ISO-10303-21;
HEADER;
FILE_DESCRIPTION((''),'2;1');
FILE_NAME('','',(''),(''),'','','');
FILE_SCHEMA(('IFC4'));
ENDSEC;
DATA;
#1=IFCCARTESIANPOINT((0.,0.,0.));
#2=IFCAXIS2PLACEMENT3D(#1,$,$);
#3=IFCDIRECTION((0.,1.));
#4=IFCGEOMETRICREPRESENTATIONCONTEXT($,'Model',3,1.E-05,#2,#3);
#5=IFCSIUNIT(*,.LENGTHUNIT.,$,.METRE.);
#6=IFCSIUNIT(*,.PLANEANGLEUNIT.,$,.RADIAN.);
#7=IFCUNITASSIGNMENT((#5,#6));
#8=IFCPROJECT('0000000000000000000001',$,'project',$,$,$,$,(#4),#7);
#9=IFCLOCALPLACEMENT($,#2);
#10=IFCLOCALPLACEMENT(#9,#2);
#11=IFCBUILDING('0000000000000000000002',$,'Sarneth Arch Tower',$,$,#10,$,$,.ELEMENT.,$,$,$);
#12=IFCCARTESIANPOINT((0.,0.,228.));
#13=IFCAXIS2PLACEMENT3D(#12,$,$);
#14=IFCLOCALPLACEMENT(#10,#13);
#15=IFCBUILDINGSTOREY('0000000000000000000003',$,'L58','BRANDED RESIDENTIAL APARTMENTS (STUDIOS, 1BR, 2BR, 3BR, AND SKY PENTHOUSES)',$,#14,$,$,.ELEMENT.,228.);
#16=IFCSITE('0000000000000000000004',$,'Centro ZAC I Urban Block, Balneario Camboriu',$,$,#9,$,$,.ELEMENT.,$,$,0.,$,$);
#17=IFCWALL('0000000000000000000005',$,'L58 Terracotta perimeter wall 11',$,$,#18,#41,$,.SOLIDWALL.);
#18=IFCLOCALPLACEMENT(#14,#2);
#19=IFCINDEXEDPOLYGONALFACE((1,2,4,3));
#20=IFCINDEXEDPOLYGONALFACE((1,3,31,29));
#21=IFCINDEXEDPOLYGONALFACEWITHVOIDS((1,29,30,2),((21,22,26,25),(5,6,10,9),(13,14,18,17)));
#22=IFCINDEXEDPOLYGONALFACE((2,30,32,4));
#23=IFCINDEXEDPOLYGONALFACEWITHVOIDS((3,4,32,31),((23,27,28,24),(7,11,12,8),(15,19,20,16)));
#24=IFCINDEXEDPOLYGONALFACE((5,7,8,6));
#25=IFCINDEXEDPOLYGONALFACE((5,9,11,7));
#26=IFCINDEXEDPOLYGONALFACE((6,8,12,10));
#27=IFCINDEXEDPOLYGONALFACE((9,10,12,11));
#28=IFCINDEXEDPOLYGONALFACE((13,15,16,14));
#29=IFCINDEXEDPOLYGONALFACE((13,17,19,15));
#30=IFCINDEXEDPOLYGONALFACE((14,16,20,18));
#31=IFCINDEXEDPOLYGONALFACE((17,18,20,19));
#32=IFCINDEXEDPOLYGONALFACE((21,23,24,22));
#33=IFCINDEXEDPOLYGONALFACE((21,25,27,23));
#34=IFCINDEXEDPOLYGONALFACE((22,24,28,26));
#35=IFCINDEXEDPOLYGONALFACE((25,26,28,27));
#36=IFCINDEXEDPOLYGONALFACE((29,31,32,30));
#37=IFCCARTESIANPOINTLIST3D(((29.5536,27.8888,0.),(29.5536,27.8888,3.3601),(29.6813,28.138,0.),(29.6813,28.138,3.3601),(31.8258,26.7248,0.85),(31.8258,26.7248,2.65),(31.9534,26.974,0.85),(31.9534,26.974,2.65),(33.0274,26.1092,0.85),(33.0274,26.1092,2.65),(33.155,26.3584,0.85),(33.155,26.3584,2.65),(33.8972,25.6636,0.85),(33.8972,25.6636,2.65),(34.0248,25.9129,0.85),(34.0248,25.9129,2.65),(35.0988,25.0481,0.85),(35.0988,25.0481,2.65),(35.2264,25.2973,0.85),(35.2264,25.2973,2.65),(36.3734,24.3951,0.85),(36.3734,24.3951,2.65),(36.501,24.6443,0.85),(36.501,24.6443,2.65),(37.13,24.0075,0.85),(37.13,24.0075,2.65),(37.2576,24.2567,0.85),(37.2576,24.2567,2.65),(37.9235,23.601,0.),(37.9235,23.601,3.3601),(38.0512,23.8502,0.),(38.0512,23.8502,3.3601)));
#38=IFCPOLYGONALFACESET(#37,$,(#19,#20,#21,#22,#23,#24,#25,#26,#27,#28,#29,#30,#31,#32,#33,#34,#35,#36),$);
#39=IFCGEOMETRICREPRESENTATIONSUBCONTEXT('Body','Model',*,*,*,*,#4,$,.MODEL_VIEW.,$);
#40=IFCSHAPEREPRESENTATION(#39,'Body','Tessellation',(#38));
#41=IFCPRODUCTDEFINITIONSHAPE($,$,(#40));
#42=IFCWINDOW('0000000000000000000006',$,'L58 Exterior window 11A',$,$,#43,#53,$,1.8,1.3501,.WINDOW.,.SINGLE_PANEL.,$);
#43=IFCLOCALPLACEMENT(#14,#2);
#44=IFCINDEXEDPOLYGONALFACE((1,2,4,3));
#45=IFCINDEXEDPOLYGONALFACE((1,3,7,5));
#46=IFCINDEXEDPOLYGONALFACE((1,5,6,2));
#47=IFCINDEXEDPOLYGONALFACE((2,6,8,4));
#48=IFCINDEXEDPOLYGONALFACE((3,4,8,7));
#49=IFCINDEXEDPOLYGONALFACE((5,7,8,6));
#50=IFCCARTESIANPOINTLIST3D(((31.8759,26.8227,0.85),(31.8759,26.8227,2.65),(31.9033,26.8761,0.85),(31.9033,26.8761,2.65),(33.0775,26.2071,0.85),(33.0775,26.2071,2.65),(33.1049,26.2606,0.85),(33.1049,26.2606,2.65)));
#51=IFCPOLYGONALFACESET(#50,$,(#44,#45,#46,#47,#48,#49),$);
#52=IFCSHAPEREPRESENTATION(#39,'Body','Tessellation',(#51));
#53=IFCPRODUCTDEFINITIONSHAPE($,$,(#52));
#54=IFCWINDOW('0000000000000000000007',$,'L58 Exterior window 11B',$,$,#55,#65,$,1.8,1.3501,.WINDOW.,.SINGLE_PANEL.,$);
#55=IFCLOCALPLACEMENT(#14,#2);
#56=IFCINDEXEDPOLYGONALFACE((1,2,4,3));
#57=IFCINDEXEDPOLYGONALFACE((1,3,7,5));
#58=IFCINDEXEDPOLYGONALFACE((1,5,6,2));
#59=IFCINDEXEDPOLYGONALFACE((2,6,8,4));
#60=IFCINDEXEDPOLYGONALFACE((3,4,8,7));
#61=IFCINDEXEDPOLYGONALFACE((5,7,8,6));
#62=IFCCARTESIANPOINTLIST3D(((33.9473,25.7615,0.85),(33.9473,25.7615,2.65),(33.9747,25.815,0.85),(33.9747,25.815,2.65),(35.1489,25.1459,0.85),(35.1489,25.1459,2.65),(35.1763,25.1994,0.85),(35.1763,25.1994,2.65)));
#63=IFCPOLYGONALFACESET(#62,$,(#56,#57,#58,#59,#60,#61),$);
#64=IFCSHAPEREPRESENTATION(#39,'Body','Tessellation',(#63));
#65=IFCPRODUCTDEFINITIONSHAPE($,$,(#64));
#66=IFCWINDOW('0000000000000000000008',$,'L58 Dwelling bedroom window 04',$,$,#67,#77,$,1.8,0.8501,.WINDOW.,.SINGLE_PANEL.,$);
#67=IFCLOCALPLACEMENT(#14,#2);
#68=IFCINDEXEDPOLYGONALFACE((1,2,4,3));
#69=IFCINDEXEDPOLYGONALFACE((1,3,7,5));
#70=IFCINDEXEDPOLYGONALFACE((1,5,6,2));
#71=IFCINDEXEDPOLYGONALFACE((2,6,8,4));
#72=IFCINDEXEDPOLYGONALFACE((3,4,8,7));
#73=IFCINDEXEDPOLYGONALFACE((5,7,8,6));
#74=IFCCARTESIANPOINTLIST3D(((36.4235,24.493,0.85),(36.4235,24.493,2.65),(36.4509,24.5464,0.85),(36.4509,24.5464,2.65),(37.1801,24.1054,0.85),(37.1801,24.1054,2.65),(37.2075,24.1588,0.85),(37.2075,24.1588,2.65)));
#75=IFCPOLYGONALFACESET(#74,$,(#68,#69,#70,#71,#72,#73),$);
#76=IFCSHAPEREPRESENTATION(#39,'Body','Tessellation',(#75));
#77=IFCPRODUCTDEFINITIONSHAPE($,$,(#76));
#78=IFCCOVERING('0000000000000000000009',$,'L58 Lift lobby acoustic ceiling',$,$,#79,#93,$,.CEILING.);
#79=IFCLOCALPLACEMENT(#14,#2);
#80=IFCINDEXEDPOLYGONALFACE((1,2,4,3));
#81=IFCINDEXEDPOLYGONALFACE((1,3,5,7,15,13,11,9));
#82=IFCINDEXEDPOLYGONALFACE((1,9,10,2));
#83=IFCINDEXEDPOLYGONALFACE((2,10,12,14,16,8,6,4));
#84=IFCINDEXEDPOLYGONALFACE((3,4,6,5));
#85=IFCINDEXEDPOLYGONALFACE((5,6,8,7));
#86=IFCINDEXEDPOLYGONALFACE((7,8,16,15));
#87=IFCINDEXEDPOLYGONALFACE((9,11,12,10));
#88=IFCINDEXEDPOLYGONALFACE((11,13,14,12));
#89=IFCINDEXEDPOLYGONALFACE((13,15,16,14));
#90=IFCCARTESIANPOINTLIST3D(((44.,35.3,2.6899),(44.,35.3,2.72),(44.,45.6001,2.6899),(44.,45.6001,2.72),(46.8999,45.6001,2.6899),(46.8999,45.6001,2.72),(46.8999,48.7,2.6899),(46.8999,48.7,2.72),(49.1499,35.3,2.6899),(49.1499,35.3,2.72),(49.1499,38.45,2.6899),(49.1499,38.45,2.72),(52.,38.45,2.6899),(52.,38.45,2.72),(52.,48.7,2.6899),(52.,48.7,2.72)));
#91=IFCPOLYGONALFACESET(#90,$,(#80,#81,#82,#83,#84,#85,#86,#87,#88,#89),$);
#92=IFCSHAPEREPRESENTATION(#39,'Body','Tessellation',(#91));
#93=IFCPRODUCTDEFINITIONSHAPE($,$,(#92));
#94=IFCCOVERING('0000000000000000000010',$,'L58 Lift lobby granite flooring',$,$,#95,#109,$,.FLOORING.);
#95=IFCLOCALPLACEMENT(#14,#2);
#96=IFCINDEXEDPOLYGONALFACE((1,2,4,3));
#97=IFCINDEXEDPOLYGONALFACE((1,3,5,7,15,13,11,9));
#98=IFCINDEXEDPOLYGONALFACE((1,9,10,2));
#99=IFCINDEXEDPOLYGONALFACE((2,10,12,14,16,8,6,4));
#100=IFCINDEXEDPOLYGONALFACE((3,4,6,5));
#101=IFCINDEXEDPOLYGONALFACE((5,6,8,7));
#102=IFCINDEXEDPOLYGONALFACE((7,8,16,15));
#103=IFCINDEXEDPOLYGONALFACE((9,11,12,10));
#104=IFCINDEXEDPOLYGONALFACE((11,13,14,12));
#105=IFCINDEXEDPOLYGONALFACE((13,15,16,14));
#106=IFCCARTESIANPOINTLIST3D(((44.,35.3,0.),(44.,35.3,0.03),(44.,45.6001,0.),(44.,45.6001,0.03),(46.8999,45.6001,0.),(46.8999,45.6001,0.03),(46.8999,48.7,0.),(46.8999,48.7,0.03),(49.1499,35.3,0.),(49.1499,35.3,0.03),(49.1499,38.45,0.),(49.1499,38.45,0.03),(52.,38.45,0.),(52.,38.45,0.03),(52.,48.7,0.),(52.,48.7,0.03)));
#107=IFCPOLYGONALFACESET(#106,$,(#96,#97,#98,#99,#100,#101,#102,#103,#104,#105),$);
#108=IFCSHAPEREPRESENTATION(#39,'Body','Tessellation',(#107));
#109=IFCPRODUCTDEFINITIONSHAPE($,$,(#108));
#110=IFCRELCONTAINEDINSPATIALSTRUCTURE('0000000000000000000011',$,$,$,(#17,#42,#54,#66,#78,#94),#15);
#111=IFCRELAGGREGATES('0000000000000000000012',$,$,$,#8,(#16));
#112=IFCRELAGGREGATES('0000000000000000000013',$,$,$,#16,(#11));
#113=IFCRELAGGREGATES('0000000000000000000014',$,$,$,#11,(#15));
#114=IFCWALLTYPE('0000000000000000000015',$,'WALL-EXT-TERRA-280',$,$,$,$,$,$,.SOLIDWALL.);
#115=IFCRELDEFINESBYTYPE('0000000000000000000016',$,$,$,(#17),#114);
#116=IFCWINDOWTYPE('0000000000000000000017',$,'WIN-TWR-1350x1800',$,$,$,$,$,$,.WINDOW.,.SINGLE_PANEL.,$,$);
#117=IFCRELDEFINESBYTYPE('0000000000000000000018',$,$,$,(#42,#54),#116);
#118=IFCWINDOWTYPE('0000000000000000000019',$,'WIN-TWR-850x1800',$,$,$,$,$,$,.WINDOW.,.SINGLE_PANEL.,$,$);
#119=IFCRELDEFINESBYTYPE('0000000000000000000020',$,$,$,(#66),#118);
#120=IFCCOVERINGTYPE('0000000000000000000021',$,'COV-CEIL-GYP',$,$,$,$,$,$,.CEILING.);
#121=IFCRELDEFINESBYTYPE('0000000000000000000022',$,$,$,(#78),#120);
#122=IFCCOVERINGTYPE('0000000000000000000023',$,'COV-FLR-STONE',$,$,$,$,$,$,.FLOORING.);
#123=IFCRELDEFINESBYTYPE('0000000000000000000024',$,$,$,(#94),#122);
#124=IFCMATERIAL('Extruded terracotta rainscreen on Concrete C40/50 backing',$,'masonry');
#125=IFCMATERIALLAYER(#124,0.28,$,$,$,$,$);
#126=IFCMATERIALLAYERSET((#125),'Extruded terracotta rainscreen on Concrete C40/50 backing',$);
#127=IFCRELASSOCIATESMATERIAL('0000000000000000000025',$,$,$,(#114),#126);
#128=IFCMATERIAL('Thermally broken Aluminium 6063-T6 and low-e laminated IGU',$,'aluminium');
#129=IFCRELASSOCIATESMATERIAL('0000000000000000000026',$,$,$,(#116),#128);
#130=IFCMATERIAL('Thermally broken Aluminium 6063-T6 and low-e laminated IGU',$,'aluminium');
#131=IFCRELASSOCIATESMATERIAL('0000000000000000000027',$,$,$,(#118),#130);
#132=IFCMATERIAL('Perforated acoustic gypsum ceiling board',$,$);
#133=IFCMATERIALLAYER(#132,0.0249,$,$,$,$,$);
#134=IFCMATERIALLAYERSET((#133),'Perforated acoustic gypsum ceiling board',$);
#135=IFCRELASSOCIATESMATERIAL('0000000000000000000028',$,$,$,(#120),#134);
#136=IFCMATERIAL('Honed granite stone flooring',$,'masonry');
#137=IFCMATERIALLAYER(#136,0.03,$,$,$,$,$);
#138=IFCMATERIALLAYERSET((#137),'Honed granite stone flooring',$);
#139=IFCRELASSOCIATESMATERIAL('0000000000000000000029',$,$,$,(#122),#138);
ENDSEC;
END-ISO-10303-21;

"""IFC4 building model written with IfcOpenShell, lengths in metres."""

from ifc_helpers import new_model, si_unit, direction, frame, frame_2d, origin, place, context, subcontext, project, spatial, polyline, rectangle, outline, extrude, material, layer, layer_set, type_object, element, fill, save


model = new_model("IFC4")

# Units and contexts
model_context = context("Model", 3, precision=1e-05, world=origin(), true_north=direction((0.0, 1.0)))
body_context = subcontext(model_context, "Body", "Model", "MODEL_VIEW")
ifc_project = project(units=[si_unit("LENGTHUNIT", "METRE"), si_unit("PLANEANGLEUNIT", "RADIAN")], contexts=[model_context])

# Site, building, storey
site_placement = place(None, origin())
site = spatial("IfcSite", under=ifc_project, at=site_placement, Name="Centro ZAC I Urban Block, Balneario Camboriu", CompositionType="ELEMENT", RefElevation=0.0)
building_placement = place(site_placement, origin())
building = spatial("IfcBuilding", under=site, at=building_placement, Name="Sarneth Arch Tower", CompositionType="ELEMENT")
storey_placement = place(building_placement, frame((0.0, 0.0, 228.0)))
storey = spatial("IfcBuildingStorey", under=building, at=storey_placement, Name="L58", Description="BRANDED RESIDENTIAL APARTMENTS (STUDIOS, 1BR, 2BR, 3BR, AND SKY PENTHOUSES)", CompositionType="ELEMENT", Elevation=228.0)

# Wall, openings, windows
ifc_material_1 = material(Name="Extruded terracotta rainscreen on Concrete C40/50 backing", Category="masonry")
ifc_layer_1 = layer(ifc_material_1, 0.28)
ifc_layer_set_1 = layer_set([ifc_layer_1], Name="Extruded terracotta rainscreen on Concrete C40/50 backing")
wall_type = type_object("IfcWallType", Name="WALL-EXT-TERRA-280", PredefinedType="SOLIDWALL", material=ifc_layer_set_1)
wall_placement = place(storey_placement, frame((29.6174, 28.0134, 0.0), z_axis=(0.0, 0.0, 1.0), x_axis=(0.890007, -0.455946, 0.0)))
wall = element("IfcWall", 1, at=wall_placement, inside=storey, type_object=wall_type, Name="L58 Terracotta perimeter wall 11", PredefinedType="SOLIDWALL", context=body_context, shape_type="SweptSolid", body=[
    extrude(rectangle(XDim=9.4043, YDim=0.28, at=frame_2d((4.7021, 0.0))), origin(), (0.0, 0.0, 1.0), 3.3601),
])
opening_1_placement = place(wall_placement, frame((2.553, 0.0, 0.8501)))
opening_1 = element("IfcOpeningElement", 2, at=opening_1_placement, cuts=wall, PredefinedType="OPENING", context=body_context, shape_type="SweptSolid", body=[
    extrude(rectangle(XDim=1.3501, YDim=1.8, at=frame_2d((0.675, 0.8999))), frame((0.0, 0.1499, 0.0), z_axis=(0.0, -1.0, 0.0), x_axis=(1.0, 0.0, 0.0)), (0.0, 0.0, 1.0), 0.3),
])
opening_2_placement = place(wall_placement, frame((4.8804, 0.0, 0.8501)))
opening_2 = element("IfcOpeningElement", 3, at=opening_2_placement, cuts=wall, PredefinedType="OPENING", context=body_context, shape_type="SweptSolid", body=[
    extrude(rectangle(XDim=1.3501, YDim=1.8, at=frame_2d((0.675, 0.8999))), frame((0.0, 0.1499, 0.0), z_axis=(0.0, -1.0, 0.0), x_axis=(1.0, 0.0, 0.0)), (0.0, 0.0, 1.0), 0.3),
])
opening_3_placement = place(wall_placement, frame((7.6626, 0.0, 0.8501)))
opening_3 = element("IfcOpeningElement", 4, at=opening_3_placement, cuts=wall, PredefinedType="OPENING", context=body_context, shape_type="SweptSolid", body=[
    extrude(rectangle(XDim=0.8501, YDim=1.8, at=frame_2d((0.425, 0.8999))), frame((0.0, 0.1499, 0.0), z_axis=(0.0, -1.0, 0.0), x_axis=(1.0, 0.0, 0.0)), (0.0, 0.0, 1.0), 0.3),
])
ifc_material_2 = material(Name="Thermally broken Aluminium 6063-T6 and low-e laminated IGU", Category="aluminium")
window_type_1 = type_object("IfcWindowType", Name="WIN-TWR-1350x1800", PartitioningType="SINGLE_PANEL", PredefinedType="WINDOW", material=ifc_material_2)
window_1_placement = place(opening_1_placement, origin())
window_1 = element("IfcWindow", 5, at=window_1_placement, inside=storey, type_object=window_type_1, Name="L58 Exterior window 11A", OverallHeight=1.8, OverallWidth=1.3501, PartitioningType="SINGLE_PANEL", PredefinedType="WINDOW", context=body_context, shape_type="SweptSolid", body=[
    extrude(rectangle(XDim=1.3501, YDim=1.8, at=frame_2d((0.675, 0.8999))), frame((0.0, 0.03, 0.0), z_axis=(0.0, -1.0, 0.0), x_axis=(1.0, 0.0, 0.0)), (0.0, 0.0, 1.0), 0.0601),
])
fill(opening_1, window_1)
window_2_placement = place(opening_2_placement, origin())
window_2 = element("IfcWindow", 6, at=window_2_placement, inside=storey, type_object=window_type_1, Name="L58 Exterior window 11B", OverallHeight=1.8, OverallWidth=1.3501, PartitioningType="SINGLE_PANEL", PredefinedType="WINDOW", context=body_context, shape_type="SweptSolid", body=[
    extrude(rectangle(XDim=1.3501, YDim=1.8, at=frame_2d((0.675, 0.8999))), frame((0.0, 0.03, 0.0), z_axis=(0.0, -1.0, 0.0), x_axis=(1.0, 0.0, 0.0)), (0.0, 0.0, 1.0), 0.0601),
])
fill(opening_2, window_2)
ifc_material_3 = material(Name="Thermally broken Aluminium 6063-T6 and low-e laminated IGU", Category="aluminium")
window_type_2 = type_object("IfcWindowType", Name="WIN-TWR-850x1800", PartitioningType="SINGLE_PANEL", PredefinedType="WINDOW", material=ifc_material_3)
window_3_placement = place(opening_3_placement, origin())
window_3 = element("IfcWindow", 7, at=window_3_placement, inside=storey, type_object=window_type_2, Name="L58 Dwelling bedroom window 04", OverallHeight=1.8, OverallWidth=0.8501, PartitioningType="SINGLE_PANEL", PredefinedType="WINDOW", context=body_context, shape_type="SweptSolid", body=[
    extrude(rectangle(XDim=0.8501, YDim=1.8, at=frame_2d((0.425, 0.8999))), frame((0.0, 0.03, 0.0), z_axis=(0.0, -1.0, 0.0), x_axis=(1.0, 0.0, 0.0)), (0.0, 0.0, 1.0), 0.0601),
])
fill(opening_3, window_3)

# Coverings
ifc_material_4 = material(Name="Perforated acoustic gypsum ceiling board")
ifc_layer_2 = layer(ifc_material_4, 0.0249)
ifc_layer_set_2 = layer_set([ifc_layer_2], Name="Perforated acoustic gypsum ceiling board")
covering_type_1 = type_object("IfcCoveringType", Name="COV-CEIL-GYP", PredefinedType="CEILING", material=ifc_layer_set_2)
covering_1_placement = place(storey_placement, frame((0.0, 0.0, 2.6899)))
element("IfcCovering", 8, at=covering_1_placement, inside=storey, type_object=covering_type_1, Name="L58 Lift lobby acoustic ceiling", PredefinedType="CEILING", context=body_context, shape_type="SweptSolid", body=[
    extrude(outline(polyline([(49.1499, 38.45), (49.1499, 35.3), (44.0, 35.3), (44.0, 45.6001), (46.8999, 45.6001), (46.8999, 48.7), (52.0, 48.7), (52.0, 38.45), (49.1499, 38.45)])), origin(), (0.0, 0.0, 1.0), 0.03),
])
ifc_material_5 = material(Name="Honed granite stone flooring", Category="masonry")
ifc_layer_3 = layer(ifc_material_5, 0.03)
ifc_layer_set_3 = layer_set([ifc_layer_3], Name="Honed granite stone flooring")
covering_type_2 = type_object("IfcCoveringType", Name="COV-FLR-STONE", PredefinedType="FLOORING", material=ifc_layer_set_3)
covering_2_placement = place(storey_placement, origin())
element("IfcCovering", 9, at=covering_2_placement, inside=storey, type_object=covering_type_2, Name="L58 Lift lobby granite flooring", PredefinedType="FLOORING", context=body_context, shape_type="SweptSolid", body=[
    extrude(outline(polyline([(49.1499, 38.45), (49.1499, 35.3), (44.0, 35.3), (44.0, 45.6001), (46.8999, 45.6001), (46.8999, 48.7), (52.0, 48.7), (52.0, 38.45), (49.1499, 38.45)])), origin(), (0.0, 0.0, 1.0), 0.03),
])

save(model, "model.ifc")
